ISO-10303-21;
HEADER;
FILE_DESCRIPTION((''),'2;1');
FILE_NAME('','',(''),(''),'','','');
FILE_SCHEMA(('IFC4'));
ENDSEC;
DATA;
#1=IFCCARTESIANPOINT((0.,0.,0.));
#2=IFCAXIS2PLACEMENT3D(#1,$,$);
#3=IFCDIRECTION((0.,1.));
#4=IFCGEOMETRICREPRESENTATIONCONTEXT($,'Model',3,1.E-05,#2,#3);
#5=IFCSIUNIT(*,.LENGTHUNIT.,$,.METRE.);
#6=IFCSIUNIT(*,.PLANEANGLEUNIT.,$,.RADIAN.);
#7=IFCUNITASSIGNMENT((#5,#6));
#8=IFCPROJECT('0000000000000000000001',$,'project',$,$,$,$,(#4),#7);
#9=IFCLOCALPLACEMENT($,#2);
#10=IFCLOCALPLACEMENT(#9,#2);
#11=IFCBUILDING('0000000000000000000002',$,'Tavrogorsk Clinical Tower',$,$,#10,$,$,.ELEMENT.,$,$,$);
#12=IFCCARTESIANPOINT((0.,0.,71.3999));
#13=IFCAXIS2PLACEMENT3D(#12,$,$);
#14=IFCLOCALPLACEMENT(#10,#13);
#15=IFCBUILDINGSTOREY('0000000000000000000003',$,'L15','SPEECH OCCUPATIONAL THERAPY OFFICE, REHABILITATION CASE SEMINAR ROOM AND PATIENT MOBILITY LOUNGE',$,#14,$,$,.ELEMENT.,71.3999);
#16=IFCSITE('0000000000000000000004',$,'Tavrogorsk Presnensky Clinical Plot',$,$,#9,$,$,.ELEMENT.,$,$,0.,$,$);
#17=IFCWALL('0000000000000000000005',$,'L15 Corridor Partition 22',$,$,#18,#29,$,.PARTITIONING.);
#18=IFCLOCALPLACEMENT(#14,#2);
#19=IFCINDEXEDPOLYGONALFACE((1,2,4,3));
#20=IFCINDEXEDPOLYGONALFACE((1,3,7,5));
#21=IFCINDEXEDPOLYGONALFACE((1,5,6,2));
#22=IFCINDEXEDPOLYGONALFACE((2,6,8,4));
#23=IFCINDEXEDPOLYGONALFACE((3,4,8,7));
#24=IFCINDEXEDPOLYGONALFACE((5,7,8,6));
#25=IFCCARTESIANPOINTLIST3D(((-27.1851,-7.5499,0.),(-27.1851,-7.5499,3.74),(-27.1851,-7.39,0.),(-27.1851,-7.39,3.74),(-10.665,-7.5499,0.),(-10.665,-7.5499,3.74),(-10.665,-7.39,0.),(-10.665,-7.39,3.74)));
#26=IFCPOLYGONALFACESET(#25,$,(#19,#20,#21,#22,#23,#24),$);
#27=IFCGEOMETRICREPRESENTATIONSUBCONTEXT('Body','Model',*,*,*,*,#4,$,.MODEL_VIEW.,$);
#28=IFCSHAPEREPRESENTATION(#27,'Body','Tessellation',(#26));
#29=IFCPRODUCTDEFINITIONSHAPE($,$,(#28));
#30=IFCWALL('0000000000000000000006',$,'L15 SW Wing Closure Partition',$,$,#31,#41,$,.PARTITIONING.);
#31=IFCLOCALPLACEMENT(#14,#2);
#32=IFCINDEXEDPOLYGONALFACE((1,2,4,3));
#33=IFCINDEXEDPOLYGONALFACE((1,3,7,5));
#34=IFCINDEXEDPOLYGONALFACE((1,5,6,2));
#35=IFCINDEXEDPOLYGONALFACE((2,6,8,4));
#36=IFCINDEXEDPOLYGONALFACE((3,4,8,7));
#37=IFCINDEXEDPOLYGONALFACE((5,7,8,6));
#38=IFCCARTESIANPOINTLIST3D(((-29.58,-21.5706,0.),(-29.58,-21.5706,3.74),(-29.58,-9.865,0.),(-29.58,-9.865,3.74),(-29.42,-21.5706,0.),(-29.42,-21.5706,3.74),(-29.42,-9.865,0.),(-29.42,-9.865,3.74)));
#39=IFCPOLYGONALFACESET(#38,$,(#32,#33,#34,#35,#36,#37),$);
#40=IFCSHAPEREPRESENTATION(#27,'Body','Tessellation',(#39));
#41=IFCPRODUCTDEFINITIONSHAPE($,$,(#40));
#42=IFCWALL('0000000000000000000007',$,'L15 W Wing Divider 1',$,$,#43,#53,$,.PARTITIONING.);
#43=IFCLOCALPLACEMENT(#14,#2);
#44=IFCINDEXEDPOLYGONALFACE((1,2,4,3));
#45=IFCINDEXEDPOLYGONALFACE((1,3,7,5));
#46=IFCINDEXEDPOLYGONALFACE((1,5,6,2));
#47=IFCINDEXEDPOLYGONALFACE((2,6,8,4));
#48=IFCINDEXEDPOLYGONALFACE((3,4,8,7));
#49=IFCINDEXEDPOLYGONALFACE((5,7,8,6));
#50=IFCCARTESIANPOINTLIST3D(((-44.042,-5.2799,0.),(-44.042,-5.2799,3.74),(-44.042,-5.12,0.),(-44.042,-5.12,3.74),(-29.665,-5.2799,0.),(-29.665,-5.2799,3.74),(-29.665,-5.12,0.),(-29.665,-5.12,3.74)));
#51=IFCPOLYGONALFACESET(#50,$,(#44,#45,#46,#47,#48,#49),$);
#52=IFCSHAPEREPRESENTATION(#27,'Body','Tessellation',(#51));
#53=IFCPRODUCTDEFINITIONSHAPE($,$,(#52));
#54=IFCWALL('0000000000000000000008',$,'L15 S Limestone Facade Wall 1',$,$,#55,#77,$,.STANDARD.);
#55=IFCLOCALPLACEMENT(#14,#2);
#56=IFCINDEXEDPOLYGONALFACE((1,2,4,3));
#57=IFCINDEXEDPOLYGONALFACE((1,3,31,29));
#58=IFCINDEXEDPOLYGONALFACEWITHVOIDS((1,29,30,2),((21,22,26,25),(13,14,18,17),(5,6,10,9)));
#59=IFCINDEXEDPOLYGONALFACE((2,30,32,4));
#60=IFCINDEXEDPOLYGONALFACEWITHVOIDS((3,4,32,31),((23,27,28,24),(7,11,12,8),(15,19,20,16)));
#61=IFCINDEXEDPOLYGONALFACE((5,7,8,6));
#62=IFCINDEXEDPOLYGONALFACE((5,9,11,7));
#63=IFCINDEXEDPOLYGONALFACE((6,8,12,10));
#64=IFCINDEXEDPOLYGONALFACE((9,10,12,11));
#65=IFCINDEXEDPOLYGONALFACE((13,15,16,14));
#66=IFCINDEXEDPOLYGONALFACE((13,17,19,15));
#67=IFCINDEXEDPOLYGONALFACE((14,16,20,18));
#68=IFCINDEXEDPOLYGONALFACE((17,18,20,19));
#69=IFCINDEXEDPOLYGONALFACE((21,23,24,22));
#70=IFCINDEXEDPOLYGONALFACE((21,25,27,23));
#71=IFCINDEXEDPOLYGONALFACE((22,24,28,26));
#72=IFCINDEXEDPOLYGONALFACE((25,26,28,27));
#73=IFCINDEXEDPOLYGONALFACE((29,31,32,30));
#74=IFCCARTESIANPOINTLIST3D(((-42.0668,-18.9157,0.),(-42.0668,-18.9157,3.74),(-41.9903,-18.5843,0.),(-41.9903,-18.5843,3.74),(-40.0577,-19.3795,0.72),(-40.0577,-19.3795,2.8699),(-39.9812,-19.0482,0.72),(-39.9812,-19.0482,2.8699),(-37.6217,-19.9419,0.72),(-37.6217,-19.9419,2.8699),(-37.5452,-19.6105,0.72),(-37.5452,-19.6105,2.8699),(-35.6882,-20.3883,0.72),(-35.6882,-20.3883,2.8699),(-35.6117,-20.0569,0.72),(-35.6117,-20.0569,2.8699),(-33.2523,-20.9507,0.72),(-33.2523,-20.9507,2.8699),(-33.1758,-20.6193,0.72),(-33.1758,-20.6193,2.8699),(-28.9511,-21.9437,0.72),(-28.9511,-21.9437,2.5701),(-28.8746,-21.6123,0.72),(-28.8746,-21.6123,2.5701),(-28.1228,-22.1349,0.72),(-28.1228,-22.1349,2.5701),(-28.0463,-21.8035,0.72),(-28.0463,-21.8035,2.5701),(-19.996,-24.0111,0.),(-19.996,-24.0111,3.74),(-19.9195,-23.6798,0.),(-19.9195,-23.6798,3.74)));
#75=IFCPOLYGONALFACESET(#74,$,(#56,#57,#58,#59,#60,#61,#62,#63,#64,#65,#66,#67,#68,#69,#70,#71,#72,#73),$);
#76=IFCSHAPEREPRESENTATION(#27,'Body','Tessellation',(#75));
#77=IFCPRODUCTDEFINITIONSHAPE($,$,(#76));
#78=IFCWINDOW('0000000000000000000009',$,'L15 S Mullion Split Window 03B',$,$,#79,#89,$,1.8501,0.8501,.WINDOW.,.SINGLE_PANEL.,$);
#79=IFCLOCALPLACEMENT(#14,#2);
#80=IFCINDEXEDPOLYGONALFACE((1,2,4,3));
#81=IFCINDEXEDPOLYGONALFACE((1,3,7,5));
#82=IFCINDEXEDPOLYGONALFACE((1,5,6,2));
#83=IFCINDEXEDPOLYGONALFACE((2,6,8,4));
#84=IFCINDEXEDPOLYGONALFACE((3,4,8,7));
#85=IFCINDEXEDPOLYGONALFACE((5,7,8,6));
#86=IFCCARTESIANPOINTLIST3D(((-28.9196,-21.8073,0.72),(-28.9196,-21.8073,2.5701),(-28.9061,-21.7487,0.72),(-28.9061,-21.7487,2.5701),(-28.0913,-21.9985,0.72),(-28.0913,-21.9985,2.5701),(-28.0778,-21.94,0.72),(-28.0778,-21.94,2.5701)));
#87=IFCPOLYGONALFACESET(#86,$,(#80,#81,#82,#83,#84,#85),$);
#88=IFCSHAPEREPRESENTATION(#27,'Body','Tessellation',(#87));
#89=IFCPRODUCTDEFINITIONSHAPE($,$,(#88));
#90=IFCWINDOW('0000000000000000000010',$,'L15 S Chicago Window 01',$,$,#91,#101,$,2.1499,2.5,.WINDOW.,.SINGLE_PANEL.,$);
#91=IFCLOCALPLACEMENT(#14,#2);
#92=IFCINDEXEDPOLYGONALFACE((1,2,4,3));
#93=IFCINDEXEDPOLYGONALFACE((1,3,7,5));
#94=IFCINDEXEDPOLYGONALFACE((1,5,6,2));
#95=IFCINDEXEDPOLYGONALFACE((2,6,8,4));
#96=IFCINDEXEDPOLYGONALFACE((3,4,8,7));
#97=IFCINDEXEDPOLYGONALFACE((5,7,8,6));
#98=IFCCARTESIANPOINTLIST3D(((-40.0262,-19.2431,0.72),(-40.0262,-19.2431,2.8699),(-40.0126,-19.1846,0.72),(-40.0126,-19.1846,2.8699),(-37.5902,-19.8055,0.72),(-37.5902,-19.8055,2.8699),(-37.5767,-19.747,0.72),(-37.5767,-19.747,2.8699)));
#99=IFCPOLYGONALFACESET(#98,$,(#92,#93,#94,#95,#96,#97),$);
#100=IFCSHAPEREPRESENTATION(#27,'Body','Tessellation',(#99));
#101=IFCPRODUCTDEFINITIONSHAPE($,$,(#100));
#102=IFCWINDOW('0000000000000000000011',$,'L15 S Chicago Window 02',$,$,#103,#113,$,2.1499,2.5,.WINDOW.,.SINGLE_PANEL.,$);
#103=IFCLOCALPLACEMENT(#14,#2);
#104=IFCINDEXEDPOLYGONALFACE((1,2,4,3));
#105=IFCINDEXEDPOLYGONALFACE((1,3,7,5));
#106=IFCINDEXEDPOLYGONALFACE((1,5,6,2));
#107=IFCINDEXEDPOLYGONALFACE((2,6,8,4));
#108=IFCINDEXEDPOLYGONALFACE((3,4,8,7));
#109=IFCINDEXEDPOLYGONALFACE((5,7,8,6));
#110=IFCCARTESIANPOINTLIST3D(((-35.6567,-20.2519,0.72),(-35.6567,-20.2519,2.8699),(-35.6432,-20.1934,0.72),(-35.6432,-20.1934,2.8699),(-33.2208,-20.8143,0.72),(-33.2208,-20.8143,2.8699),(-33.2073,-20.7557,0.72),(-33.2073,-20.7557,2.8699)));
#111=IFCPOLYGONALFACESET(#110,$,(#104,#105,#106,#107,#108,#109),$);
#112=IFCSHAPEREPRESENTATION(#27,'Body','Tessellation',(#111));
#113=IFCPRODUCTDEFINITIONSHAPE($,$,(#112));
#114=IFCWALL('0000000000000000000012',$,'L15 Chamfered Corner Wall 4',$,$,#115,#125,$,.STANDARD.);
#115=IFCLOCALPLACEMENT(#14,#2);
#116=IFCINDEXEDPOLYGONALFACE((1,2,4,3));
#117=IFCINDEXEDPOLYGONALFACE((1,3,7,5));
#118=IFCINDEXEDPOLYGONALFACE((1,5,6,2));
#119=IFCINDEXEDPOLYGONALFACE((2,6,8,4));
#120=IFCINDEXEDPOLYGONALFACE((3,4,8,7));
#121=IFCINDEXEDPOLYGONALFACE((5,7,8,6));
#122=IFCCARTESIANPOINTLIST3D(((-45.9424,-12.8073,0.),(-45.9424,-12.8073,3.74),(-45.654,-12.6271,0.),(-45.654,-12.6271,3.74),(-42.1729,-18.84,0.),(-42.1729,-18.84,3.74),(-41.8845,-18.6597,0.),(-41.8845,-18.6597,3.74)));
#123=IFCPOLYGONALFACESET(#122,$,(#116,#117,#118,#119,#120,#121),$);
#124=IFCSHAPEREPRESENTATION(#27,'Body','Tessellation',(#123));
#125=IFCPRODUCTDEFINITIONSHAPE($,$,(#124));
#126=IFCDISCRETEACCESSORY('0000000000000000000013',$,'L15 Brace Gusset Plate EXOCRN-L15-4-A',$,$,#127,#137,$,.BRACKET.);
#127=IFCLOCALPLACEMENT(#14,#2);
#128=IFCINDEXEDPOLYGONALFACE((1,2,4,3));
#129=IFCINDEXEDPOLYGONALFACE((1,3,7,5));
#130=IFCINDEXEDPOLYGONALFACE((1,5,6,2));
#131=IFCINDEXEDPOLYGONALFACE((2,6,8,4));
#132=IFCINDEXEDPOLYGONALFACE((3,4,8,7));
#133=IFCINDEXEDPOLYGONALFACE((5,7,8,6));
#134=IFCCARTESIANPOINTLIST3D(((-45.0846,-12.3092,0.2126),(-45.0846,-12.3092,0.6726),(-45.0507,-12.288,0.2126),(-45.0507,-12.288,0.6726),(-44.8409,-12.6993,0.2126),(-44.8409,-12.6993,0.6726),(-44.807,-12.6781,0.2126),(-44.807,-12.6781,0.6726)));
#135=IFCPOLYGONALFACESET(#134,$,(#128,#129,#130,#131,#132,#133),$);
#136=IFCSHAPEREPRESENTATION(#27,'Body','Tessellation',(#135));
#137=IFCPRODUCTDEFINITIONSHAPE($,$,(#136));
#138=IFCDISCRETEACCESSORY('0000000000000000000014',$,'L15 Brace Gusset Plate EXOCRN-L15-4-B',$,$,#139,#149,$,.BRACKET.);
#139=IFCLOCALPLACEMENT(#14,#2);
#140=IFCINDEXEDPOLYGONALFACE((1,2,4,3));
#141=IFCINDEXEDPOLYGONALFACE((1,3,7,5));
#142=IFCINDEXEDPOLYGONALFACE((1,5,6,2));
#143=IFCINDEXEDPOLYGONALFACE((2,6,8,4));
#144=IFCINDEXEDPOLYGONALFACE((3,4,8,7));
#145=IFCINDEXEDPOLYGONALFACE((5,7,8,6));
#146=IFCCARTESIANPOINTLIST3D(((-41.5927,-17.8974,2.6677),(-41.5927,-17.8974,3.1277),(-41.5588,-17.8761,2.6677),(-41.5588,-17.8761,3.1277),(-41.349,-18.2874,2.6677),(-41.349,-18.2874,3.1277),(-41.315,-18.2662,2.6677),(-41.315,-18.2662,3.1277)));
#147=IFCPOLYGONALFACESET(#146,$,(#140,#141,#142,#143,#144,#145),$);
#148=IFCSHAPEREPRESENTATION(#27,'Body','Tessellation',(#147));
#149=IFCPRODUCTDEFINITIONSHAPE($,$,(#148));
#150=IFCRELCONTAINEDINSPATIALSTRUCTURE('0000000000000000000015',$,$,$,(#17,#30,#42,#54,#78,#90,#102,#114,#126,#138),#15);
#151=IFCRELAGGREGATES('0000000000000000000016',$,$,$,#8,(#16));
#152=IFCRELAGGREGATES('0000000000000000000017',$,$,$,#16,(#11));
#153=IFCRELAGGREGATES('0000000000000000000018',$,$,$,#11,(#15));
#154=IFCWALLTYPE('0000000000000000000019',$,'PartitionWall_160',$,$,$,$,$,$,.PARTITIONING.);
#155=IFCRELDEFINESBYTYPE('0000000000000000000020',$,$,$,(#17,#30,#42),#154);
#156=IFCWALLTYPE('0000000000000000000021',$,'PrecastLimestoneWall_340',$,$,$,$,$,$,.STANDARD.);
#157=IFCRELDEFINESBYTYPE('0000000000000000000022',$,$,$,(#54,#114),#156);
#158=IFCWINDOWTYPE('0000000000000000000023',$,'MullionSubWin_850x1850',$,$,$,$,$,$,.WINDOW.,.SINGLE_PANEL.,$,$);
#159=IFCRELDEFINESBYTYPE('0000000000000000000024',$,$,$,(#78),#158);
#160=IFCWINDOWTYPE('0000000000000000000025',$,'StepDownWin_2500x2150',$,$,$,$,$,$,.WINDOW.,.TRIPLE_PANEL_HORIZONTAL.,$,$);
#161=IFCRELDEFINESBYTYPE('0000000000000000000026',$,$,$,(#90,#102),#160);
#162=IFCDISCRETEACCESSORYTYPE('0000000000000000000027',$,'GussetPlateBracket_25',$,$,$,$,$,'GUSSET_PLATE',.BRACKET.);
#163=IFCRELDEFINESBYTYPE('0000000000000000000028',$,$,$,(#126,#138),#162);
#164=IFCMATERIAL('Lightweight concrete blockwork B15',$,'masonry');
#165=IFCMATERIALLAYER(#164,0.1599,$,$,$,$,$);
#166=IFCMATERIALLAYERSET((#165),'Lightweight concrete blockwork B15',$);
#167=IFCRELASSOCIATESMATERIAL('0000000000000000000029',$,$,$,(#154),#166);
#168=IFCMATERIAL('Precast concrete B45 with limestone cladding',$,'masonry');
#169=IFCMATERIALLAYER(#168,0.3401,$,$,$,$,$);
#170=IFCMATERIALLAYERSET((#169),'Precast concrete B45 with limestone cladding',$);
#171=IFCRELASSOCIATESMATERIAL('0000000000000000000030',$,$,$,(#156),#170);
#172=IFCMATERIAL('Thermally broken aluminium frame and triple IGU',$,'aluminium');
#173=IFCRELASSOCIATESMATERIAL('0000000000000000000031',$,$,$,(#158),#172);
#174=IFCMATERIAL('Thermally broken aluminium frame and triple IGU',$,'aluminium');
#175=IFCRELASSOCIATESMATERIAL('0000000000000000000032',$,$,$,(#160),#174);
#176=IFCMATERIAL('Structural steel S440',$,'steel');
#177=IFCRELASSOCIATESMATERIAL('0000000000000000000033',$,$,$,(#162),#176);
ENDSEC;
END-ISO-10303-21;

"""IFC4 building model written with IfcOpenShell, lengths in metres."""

from ifc_helpers import new_model, si_unit, direction, frame, frame_2d, origin, origin_2d, place, context, subcontext, project, spatial, rectangle, extrude, material, layer, layer_set, type_object, element, fill, save


model = new_model("IFC4")

# Units and contexts
model_context = context("Model", 3, precision=1e-05, world=origin(), true_north=direction((0.0, 1.0)))
body_context = subcontext(model_context, "Body", "Model", "MODEL_VIEW")
ifc_project = project(units=[si_unit("LENGTHUNIT", "METRE"), si_unit("PLANEANGLEUNIT", "RADIAN")], contexts=[model_context])

# Site, building, storey
site_placement = place(None, origin())
site = spatial("IfcSite", under=ifc_project, at=site_placement, Name="Tavrogorsk Presnensky Clinical Plot", CompositionType="ELEMENT", RefElevation=0.0)
building_placement = place(site_placement, origin())
building = spatial("IfcBuilding", under=site, at=building_placement, Name="Tavrogorsk Clinical Tower", CompositionType="ELEMENT")
storey_placement = place(building_placement, frame((0.0, 0.0, 71.3999)))
storey = spatial("IfcBuildingStorey", under=building, at=storey_placement, Name="L15", Description="SPEECH OCCUPATIONAL THERAPY OFFICE, REHABILITATION CASE SEMINAR ROOM AND PATIENT MOBILITY LOUNGE", CompositionType="ELEMENT", Elevation=71.3999)

# Shared definitions
ifc_material_1 = material(Name="Lightweight concrete blockwork B15", Category="masonry")
ifc_layer_1 = layer(ifc_material_1, 0.1599)
ifc_layer_set_1 = layer_set([ifc_layer_1], Name="Lightweight concrete blockwork B15")
wall_type_1 = type_object("IfcWallType", Name="PartitionWall_160", PredefinedType="PARTITIONING", material=ifc_layer_set_1)

# Walls
wall_1_placement = place(storey_placement, frame((-27.1851, -7.47, 0.0), z_axis=(0.0, 0.0, 1.0), x_axis=(1.0, 0.0, 0.0)))
element("IfcWall", 1, at=wall_1_placement, inside=storey, type_object=wall_type_1, Name="L15 Corridor Partition 22", PredefinedType="PARTITIONING", context=body_context, shape_type="SweptSolid", body=[
    extrude(rectangle(XDim=16.52, YDim=0.1599, at=frame_2d((8.26, 0.0))), origin(), (0.0, 0.0, 1.0), 3.74),
])
wall_2_placement = place(storey_placement, frame((-29.5, -21.5706, 0.0), z_axis=(0.0, 0.0, 1.0), x_axis=(0.0, 1.0, 0.0)))
element("IfcWall", 2, at=wall_2_placement, inside=storey, type_object=wall_type_1, Name="L15 SW Wing Closure Partition", PredefinedType="PARTITIONING", context=body_context, shape_type="SweptSolid", body=[
    extrude(rectangle(XDim=11.7056, YDim=0.1599, at=frame_2d((5.8528, 0.0))), origin(), (0.0, 0.0, 1.0), 3.74),
])
wall_3_placement = place(storey_placement, frame((-44.042, -5.2, 0.0), z_axis=(0.0, 0.0, 1.0), x_axis=(1.0, 0.0, 0.0)))
element("IfcWall", 3, at=wall_3_placement, inside=storey, type_object=wall_type_1, Name="L15 W Wing Divider 1", PredefinedType="PARTITIONING", context=body_context, shape_type="SweptSolid", body=[
    extrude(rectangle(XDim=14.377, YDim=0.1599, at=frame_2d((7.1885, 0.0))), origin(), (0.0, 0.0, 1.0), 3.74),
])

# Wall, openings, windows
ifc_material_2 = material(Name="Precast concrete B45 with limestone cladding", Category="masonry")
ifc_layer_2 = layer(ifc_material_2, 0.3401)
ifc_layer_set_2 = layer_set([ifc_layer_2], Name="Precast concrete B45 with limestone cladding")
wall_type_2 = type_object("IfcWallType", Name="PrecastLimestoneWall_340", PredefinedType="STANDARD", material=ifc_layer_set_2)
wall_4_placement = place(storey_placement, frame((-42.0286, -18.75, 0.0), z_axis=(0.0, 0.0, 1.0), x_axis=(0.97437, -0.224952, 0.0)))
wall_4 = element("IfcWall", 4, at=wall_4_placement, inside=storey, type_object=wall_type_2, Name="L15 S Limestone Facade Wall 1", PredefinedType="STANDARD", context=body_context, shape_type="SweptSolid", body=[
    extrude(rectangle(XDim=22.6514, YDim=0.3401, at=frame_2d((11.3257, 0.0))), origin(), (0.0, 0.0, 1.0), 3.74),
])
opening_1_placement = place(wall_4_placement, frame((2.062, 0.0, 0.72)))
opening_1 = element("IfcOpeningElement", 5, at=opening_1_placement, cuts=wall_4, PredefinedType="OPENING", context=body_context, shape_type="SweptSolid", body=[
    extrude(rectangle(XDim=2.5, YDim=2.1499, at=frame_2d((1.25, 1.075))), frame((0.0, 0.1799, 0.0), z_axis=(0.0, -1.0, 0.0), x_axis=(1.0, 0.0, 0.0)), (0.0, 0.0, 1.0), 0.3601),
])
opening_2_placement = place(wall_4_placement, frame((6.5464, 0.0, 0.72)))
opening_2 = element("IfcOpeningElement", 6, at=opening_2_placement, cuts=wall_4, PredefinedType="OPENING", context=body_context, shape_type="SweptSolid", body=[
    extrude(rectangle(XDim=2.5, YDim=2.1499, at=frame_2d((1.25, 1.075))), frame((0.0, 0.1799, 0.0), z_axis=(0.0, -1.0, 0.0), x_axis=(1.0, 0.0, 0.0)), (0.0, 0.0, 1.0), 0.3601),
])
opening_3_placement = place(wall_4_placement, frame((13.4607, 0.0, 0.72)))
opening_3 = element("IfcOpeningElement", 7, at=opening_3_placement, cuts=wall_4, PredefinedType="OPENING", context=body_context, shape_type="SweptSolid", body=[
    extrude(rectangle(XDim=0.8501, YDim=1.8501, at=frame_2d((0.425, 0.925))), frame((0.0, 0.1799, 0.0), z_axis=(0.0, -1.0, 0.0), x_axis=(1.0, 0.0, 0.0)), (0.0, 0.0, 1.0), 0.3601),
])
ifc_material_3 = material(Name="Thermally broken aluminium frame and triple IGU", Category="aluminium")
window_type_1 = type_object("IfcWindowType", Name="MullionSubWin_850x1850", PartitioningType="SINGLE_PANEL", PredefinedType="WINDOW", material=ifc_material_3)
window_1_placement = place(opening_3_placement, origin())
window_1 = element("IfcWindow", 8, at=window_1_placement, inside=storey, type_object=window_type_1, Name="L15 S Mullion Split Window 03B", OverallHeight=1.8501, OverallWidth=0.8501, PartitioningType="SINGLE_PANEL", PredefinedType="WINDOW", context=body_context, shape_type="SweptSolid", body=[
    extrude(rectangle(XDim=0.8501, YDim=1.8501, at=frame_2d((0.425, 0.925))), frame((0.0, 0.03, 0.0), z_axis=(0.0, -1.0, 0.0), x_axis=(1.0, 0.0, 0.0)), (0.0, 0.0, 1.0), 0.0601),
])
fill(opening_3, window_1)
ifc_material_4 = material(Name="Thermally broken aluminium frame and triple IGU", Category="aluminium")
window_type_2 = type_object("IfcWindowType", Name="StepDownWin_2500x2150", PartitioningType="TRIPLE_PANEL_HORIZONTAL", PredefinedType="WINDOW", material=ifc_material_4)
window_2_placement = place(opening_1_placement, origin())
window_2 = element("IfcWindow", 9, at=window_2_placement, inside=storey, type_object=window_type_2, Name="L15 S Chicago Window 01", OverallHeight=2.1499, OverallWidth=2.5, PartitioningType="SINGLE_PANEL", PredefinedType="WINDOW", context=body_context, shape_type="SweptSolid", body=[
    extrude(rectangle(XDim=2.5, YDim=2.1499, at=frame_2d((1.25, 1.075))), frame((0.0, 0.03, 0.0), z_axis=(0.0, -1.0, 0.0), x_axis=(1.0, 0.0, 0.0)), (0.0, 0.0, 1.0), 0.0601),
])
fill(opening_1, window_2)
window_3_placement = place(opening_2_placement, origin())
window_3 = element("IfcWindow", 10, at=window_3_placement, inside=storey, type_object=window_type_2, Name="L15 S Chicago Window 02", OverallHeight=2.1499, OverallWidth=2.5, PartitioningType="SINGLE_PANEL", PredefinedType="WINDOW", context=body_context, shape_type="SweptSolid", body=[
    extrude(rectangle(XDim=2.5, YDim=2.1499, at=frame_2d((1.25, 1.075))), frame((0.0, 0.03, 0.0), z_axis=(0.0, -1.0, 0.0), x_axis=(1.0, 0.0, 0.0)), (0.0, 0.0, 1.0), 0.0601),
])
fill(opening_2, window_3)

# Wall
wall_5_placement = place(storey_placement, frame((-45.7981, -12.7173, 0.0), z_axis=(0.0, 0.0, 1.0), x_axis=(0.529906, -0.848056, 0.0)))
element("IfcWall", 11, at=wall_5_placement, inside=storey, type_object=wall_type_2, Name="L15 Chamfered Corner Wall 4", PredefinedType="STANDARD", context=body_context, shape_type="SweptSolid", body=[
    extrude(rectangle(XDim=7.1135, YDim=0.3401, at=frame_2d((3.5566, 0.0))), origin(), (0.0, 0.0, 1.0), 3.74),
])

# Discrete accessories
ifc_material_5 = material(Name="Structural steel S440", Category="steel")
discrete_accessory_type = type_object("IfcDiscreteAccessoryType", Name="GussetPlateBracket_25", ElementType="GUSSET_PLATE", PredefinedType="BRACKET", material=ifc_material_5)
for number, where, z_axis, x_axis, name in (
    (12, (-44.9458, -12.4937, 0.2126), (0.0, 0.0, 1.0), (0.529919, -0.848048, 0.0), "L15 Brace Gusset Plate EXOCRN-L15-4-A"),
    (13, (-41.4539, -18.0818, 2.6677), (0.0, 0.0, 1.0), (0.529919, -0.848048, 0.0), "L15 Brace Gusset Plate EXOCRN-L15-4-B"),
):
    element("IfcDiscreteAccessory", number, at=place(storey_placement, frame(where, z_axis=z_axis, x_axis=x_axis)), inside=storey, type_object=discrete_accessory_type, Name=name, PredefinedType="BRACKET", context=body_context, shape_type="SweptSolid", body=[
        extrude(rectangle(XDim=0.46, YDim=0.04, at=origin_2d()), origin(), (0.0, 0.0, 1.0), 0.46),
    ])

save(model, "model.ifc")
